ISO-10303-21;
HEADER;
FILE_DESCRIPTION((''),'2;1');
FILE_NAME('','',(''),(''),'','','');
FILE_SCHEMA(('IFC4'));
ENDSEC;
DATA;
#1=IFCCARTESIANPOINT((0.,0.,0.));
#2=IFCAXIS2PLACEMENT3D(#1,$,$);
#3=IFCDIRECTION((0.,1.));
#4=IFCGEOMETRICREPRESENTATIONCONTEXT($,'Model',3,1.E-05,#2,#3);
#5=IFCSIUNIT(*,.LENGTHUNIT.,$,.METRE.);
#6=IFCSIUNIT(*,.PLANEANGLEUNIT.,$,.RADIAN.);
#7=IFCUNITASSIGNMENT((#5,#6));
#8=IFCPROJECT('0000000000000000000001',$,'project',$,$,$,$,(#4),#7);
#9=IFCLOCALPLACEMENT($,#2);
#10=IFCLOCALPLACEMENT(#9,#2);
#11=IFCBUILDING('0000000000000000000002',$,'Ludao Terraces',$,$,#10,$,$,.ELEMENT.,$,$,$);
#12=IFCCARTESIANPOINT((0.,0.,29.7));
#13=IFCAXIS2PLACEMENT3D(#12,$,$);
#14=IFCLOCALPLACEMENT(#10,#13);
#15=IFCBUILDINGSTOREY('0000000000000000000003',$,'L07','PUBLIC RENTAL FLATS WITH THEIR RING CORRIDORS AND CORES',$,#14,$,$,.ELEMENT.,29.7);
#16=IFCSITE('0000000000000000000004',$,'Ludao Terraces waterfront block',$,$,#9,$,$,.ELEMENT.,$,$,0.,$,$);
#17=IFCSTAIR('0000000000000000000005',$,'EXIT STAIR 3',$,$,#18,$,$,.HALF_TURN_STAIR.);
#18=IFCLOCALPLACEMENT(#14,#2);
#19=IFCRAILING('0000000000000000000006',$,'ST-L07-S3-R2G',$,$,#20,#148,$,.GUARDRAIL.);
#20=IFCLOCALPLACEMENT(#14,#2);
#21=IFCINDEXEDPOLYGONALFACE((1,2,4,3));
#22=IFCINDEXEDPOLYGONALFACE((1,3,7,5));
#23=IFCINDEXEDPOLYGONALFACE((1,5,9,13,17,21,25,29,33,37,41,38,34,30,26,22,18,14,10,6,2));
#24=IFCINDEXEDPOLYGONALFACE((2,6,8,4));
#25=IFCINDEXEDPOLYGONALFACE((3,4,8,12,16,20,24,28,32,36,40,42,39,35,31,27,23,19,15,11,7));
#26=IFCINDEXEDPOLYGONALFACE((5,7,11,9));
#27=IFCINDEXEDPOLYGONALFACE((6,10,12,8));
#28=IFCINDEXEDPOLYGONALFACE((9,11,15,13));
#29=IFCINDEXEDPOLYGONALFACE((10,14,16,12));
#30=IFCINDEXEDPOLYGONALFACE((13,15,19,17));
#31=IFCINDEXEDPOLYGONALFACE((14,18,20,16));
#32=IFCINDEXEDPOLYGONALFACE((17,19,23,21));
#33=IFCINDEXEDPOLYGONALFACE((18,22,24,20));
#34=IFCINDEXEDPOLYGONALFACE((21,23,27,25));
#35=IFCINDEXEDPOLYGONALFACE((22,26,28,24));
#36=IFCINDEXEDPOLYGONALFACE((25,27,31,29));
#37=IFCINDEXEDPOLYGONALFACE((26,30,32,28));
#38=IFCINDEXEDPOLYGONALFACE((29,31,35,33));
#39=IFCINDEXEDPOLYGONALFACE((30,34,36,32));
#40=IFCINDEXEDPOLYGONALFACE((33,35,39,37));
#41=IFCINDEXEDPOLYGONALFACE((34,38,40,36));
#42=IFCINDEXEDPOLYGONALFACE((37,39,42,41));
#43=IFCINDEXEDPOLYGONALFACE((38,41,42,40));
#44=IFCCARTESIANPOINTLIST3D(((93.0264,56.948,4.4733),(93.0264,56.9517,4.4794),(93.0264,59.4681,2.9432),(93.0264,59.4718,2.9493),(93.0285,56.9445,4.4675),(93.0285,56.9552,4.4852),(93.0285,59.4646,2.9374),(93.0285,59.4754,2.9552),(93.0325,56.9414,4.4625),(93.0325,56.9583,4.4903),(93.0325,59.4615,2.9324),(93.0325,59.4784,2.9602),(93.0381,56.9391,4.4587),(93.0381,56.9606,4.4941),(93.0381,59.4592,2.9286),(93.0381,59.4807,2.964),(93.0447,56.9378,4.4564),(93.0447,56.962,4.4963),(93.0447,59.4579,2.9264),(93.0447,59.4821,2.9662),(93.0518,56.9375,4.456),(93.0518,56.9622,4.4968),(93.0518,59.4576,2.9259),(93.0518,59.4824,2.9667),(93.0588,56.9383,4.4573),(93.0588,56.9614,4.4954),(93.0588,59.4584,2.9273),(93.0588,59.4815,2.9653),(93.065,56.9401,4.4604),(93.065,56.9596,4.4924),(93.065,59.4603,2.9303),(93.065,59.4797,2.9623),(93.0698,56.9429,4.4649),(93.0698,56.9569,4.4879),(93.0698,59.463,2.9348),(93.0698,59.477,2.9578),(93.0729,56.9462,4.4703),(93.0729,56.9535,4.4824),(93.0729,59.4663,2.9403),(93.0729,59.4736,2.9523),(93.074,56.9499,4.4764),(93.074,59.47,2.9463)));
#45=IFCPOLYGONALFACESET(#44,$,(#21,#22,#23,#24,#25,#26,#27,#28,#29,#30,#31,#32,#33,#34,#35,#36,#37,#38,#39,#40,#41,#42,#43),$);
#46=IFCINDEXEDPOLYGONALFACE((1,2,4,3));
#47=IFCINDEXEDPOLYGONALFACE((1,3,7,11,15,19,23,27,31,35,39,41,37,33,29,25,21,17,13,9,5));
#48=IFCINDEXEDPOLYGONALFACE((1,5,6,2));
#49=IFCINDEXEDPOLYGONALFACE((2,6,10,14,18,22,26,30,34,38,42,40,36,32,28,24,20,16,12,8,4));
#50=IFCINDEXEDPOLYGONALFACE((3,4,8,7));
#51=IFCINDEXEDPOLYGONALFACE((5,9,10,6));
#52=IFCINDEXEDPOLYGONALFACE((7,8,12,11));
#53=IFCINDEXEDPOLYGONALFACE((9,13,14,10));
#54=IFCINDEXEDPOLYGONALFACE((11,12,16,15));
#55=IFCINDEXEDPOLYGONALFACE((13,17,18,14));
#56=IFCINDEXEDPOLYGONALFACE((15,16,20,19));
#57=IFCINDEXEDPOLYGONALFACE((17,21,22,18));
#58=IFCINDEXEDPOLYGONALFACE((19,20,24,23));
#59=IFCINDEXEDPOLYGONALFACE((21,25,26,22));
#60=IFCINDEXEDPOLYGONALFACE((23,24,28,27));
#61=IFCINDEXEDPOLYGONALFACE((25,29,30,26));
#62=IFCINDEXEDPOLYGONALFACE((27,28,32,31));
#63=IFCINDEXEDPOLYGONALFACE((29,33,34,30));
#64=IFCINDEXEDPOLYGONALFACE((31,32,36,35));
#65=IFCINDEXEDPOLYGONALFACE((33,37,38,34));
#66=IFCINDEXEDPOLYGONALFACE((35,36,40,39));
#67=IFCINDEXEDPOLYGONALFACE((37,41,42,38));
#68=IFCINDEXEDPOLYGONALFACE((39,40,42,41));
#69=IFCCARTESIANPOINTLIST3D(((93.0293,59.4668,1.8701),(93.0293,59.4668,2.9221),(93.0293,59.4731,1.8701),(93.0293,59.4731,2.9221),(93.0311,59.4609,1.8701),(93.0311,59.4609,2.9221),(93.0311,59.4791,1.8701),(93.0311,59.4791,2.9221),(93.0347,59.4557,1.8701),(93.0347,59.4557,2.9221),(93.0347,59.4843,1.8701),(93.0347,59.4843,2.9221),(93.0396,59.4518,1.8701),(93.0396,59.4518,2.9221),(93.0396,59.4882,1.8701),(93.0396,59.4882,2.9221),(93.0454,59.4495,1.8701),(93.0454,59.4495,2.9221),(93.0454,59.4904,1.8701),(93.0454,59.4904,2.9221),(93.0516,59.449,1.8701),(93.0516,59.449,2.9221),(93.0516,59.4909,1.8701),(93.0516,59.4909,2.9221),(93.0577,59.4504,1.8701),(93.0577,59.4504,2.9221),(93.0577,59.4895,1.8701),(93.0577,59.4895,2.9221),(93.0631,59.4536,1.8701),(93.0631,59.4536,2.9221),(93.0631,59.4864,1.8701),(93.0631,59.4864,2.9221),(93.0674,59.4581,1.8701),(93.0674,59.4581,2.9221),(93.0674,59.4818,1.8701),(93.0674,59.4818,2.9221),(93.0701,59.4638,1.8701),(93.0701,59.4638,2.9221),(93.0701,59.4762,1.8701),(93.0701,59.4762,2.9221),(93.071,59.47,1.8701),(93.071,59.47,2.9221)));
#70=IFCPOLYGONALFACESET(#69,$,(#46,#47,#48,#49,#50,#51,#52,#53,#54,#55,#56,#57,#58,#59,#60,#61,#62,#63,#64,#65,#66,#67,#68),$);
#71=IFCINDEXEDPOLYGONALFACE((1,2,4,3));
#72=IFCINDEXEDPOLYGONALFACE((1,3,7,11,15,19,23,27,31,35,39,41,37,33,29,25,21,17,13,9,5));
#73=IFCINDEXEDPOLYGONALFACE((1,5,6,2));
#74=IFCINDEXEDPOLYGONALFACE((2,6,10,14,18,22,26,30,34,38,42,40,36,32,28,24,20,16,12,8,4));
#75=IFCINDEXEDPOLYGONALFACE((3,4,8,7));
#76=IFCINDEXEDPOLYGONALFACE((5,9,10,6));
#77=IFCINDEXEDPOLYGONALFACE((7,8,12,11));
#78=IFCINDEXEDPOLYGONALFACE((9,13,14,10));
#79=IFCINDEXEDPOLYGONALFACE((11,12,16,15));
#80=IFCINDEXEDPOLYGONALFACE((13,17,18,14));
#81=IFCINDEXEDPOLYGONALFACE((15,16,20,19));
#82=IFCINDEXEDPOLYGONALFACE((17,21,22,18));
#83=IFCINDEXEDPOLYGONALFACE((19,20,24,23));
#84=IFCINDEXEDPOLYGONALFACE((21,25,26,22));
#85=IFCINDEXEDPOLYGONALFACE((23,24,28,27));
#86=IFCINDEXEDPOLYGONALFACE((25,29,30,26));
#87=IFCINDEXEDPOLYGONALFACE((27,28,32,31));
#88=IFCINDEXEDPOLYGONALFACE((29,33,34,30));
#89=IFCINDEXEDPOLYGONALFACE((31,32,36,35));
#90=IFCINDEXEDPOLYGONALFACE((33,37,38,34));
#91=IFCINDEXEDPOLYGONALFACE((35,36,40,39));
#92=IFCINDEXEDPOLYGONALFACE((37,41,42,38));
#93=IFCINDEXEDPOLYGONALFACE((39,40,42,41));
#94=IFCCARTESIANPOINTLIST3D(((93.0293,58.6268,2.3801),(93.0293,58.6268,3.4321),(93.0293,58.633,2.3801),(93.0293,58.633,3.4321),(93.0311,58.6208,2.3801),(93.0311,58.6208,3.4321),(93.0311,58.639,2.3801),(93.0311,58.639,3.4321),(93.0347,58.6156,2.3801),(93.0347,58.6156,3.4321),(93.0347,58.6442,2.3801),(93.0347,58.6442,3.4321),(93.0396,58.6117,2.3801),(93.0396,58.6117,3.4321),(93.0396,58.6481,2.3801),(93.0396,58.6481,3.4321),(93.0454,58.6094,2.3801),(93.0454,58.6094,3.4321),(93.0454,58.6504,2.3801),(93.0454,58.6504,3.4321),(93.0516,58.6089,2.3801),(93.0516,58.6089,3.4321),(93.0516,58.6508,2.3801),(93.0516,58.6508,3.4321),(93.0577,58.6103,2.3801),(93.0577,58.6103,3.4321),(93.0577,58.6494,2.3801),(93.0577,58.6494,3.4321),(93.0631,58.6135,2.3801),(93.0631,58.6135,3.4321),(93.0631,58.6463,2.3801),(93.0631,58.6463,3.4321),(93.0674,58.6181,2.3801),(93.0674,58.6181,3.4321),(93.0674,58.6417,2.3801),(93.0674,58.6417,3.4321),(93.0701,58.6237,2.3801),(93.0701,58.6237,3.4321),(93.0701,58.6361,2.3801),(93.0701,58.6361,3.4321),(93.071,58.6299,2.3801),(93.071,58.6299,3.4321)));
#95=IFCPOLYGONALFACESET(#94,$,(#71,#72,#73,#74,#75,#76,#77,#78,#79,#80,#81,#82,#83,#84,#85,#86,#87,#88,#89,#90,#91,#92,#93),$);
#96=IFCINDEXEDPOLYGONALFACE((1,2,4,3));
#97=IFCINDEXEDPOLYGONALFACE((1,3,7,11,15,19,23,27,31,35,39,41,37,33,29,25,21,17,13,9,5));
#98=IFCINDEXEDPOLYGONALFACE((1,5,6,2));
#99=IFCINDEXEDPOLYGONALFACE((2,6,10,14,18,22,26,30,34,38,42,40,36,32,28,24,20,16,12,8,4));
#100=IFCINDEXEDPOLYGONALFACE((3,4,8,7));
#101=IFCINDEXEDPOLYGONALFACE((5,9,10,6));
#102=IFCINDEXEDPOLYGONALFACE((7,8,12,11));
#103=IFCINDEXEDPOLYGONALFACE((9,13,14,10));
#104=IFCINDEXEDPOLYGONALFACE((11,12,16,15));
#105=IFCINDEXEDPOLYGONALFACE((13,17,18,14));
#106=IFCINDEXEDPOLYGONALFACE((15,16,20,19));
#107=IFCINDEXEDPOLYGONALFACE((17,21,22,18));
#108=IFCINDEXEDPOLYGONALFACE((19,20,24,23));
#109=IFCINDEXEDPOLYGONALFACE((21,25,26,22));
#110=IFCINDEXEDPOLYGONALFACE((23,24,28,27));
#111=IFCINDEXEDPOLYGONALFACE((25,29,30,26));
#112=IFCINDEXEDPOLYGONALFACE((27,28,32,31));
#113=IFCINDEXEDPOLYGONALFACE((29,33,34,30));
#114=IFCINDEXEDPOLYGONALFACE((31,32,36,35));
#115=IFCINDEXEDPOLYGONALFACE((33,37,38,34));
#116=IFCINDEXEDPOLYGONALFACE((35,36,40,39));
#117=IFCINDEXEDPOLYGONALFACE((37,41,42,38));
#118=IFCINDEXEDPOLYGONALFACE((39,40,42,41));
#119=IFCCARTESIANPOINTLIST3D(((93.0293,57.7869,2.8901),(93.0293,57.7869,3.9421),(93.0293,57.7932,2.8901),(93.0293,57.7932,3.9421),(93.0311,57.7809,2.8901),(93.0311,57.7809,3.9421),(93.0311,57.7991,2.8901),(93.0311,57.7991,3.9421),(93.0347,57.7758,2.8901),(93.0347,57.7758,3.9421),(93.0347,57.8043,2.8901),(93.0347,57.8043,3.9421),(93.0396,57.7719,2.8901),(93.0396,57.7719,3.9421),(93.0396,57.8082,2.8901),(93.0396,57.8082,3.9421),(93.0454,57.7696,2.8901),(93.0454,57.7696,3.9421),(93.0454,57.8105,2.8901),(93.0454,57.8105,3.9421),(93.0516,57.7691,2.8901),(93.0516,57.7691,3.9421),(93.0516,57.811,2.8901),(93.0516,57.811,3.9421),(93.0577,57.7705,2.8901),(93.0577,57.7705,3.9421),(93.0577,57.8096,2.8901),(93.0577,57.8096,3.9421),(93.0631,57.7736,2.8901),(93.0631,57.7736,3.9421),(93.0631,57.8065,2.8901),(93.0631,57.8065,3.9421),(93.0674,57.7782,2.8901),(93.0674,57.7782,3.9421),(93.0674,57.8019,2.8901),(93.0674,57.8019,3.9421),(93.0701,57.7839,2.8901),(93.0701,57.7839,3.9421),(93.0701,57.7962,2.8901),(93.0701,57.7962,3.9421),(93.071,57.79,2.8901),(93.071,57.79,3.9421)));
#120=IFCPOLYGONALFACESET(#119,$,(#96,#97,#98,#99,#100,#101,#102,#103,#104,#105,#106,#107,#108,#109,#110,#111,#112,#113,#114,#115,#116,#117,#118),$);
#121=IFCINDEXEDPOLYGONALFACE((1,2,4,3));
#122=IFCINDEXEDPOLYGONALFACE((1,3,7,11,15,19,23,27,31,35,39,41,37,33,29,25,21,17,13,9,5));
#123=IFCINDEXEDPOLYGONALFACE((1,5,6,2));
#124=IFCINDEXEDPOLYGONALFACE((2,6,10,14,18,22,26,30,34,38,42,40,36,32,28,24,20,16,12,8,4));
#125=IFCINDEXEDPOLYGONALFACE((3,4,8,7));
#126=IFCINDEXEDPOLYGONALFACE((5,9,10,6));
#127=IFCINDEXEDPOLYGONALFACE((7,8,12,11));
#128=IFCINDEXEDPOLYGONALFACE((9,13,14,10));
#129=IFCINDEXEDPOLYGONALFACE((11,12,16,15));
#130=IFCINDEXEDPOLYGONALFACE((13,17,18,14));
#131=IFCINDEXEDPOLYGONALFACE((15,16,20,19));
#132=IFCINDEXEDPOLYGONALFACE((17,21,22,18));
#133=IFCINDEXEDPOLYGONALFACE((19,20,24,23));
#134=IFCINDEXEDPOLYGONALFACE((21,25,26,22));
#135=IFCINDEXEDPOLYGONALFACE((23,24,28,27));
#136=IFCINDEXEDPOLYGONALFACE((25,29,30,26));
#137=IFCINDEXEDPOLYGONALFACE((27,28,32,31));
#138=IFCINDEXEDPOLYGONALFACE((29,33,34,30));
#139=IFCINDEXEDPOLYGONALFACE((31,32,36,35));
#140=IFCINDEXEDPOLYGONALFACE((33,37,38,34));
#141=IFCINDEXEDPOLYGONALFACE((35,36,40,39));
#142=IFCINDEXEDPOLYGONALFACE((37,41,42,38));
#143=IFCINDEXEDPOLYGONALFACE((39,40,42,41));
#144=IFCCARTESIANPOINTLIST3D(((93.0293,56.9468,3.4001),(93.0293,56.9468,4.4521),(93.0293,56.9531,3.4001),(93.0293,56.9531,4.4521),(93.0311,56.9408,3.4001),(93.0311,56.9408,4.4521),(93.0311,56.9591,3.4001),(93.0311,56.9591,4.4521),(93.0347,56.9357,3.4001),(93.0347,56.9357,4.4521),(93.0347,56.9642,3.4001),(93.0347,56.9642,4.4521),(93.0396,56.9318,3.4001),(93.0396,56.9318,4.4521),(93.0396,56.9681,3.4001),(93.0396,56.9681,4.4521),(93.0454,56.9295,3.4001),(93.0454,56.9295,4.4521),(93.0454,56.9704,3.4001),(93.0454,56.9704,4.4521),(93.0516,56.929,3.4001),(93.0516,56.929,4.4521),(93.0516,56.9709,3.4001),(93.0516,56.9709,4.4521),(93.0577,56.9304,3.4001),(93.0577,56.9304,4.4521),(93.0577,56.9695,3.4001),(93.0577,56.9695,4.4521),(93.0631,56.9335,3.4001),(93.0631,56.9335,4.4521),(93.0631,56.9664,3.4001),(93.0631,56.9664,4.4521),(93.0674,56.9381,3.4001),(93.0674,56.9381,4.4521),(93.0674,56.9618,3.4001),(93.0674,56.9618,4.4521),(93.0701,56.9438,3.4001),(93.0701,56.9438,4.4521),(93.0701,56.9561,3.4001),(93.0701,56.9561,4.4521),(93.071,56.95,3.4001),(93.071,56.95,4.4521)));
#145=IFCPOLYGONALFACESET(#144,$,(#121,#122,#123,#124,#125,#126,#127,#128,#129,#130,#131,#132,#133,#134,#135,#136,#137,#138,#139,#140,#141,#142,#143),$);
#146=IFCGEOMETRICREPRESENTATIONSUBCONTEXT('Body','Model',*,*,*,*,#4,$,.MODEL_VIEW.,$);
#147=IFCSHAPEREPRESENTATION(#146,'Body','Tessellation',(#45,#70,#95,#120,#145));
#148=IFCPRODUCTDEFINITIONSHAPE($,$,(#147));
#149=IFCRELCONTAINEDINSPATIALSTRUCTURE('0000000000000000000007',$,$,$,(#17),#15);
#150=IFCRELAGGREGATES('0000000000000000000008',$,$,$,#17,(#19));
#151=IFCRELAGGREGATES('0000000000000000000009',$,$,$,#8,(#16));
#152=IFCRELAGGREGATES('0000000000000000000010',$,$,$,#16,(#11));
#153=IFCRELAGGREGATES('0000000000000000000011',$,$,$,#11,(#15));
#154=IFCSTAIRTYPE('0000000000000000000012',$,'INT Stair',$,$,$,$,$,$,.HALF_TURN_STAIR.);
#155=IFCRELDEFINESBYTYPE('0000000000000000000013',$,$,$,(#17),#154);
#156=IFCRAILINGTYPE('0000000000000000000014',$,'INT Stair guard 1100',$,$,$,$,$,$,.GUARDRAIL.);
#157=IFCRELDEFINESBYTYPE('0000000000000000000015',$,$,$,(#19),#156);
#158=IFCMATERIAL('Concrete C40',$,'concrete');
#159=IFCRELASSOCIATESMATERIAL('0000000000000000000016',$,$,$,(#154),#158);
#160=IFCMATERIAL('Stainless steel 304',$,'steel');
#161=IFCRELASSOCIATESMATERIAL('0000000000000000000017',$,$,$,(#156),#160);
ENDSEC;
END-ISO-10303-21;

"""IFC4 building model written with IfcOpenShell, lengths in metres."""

from ifc_helpers import new_model, si_unit, direction, frame, origin, origin_2d, place, context, subcontext, project, spatial, circle, extrude, material, type_object, element, aggregate, save


model = new_model("IFC4")

# Units and contexts
model_context = context("Model", 3, precision=1e-05, world=origin(), true_north=direction((0.0, 1.0)))
body_context = subcontext(model_context, "Body", "Model", "MODEL_VIEW")
ifc_project = project(units=[si_unit("LENGTHUNIT", "METRE"), si_unit("PLANEANGLEUNIT", "RADIAN")], contexts=[model_context])

# Site, building, storey
site_placement = place(None, origin())
site = spatial("IfcSite", under=ifc_project, at=site_placement, Name="Ludao Terraces waterfront block", CompositionType="ELEMENT", RefElevation=0.0)
building_placement = place(site_placement, origin())
building = spatial("IfcBuilding", under=site, at=building_placement, Name="Ludao Terraces", CompositionType="ELEMENT")
storey_placement = place(building_placement, frame((0.0, 0.0, 29.7)))
storey = spatial("IfcBuildingStorey", under=building, at=storey_placement, Name="L07", Description="PUBLIC RENTAL FLATS WITH THEIR RING CORRIDORS AND CORES", CompositionType="ELEMENT", Elevation=29.7)

# Stair, railing
ifc_material_1 = material(Name="Concrete C40", Category="concrete")
stair_type = type_object("IfcStairType", Name="INT Stair", PredefinedType="HALF_TURN_STAIR", material=ifc_material_1)
stair_placement = place(storey_placement, origin())
stair = element("IfcStair", 1, at=stair_placement, inside=storey, type_object=stair_type, Name="EXIT STAIR 3", PredefinedType="HALF_TURN_STAIR")
ifc_material_2 = material(Name="Stainless steel 304", Category="steel")
railing_type_1 = type_object("IfcRailingType", Name="INT Stair guard 1100", PredefinedType="GUARDRAIL", material=ifc_material_2)
railing_1_placement = place(storey_placement, frame((93.05, 59.47, 1.8701)))
railing_1 = element("IfcRailing", 2, at=railing_1_placement, type_object=railing_type_1, Name="ST-L07-S3-R2G", PredefinedType="GUARDRAIL", context=body_context, shape_type="SweptSolid", body=[
    extrude(circle(Radius=0.0239, at=origin_2d()), frame((0.0, 0.0, 1.0762), z_axis=(0.0, -0.854785, 0.518982), x_axis=(1.0, 0.0, 0.0)), (0.0, 0.0, 1.0), 2.9482),
    extrude(circle(Radius=0.021, at=origin_2d()), origin(), (0.0, 0.0, 1.0), 1.052),
    extrude(circle(Radius=0.021, at=origin_2d()), frame((0.0, -0.8401, 0.51)), (0.0, 0.0, 1.0), 1.052),
    extrude(circle(Radius=0.021, at=origin_2d()), frame((0.0, -1.6799, 1.02)), (0.0, 0.0, 1.0), 1.052),
    extrude(circle(Radius=0.021, at=origin_2d()), frame((0.0, -2.52, 1.53)), (0.0, 0.0, 1.0), 1.052),
])
aggregate(stair, [railing_1])

save(model, "model.ifc")
